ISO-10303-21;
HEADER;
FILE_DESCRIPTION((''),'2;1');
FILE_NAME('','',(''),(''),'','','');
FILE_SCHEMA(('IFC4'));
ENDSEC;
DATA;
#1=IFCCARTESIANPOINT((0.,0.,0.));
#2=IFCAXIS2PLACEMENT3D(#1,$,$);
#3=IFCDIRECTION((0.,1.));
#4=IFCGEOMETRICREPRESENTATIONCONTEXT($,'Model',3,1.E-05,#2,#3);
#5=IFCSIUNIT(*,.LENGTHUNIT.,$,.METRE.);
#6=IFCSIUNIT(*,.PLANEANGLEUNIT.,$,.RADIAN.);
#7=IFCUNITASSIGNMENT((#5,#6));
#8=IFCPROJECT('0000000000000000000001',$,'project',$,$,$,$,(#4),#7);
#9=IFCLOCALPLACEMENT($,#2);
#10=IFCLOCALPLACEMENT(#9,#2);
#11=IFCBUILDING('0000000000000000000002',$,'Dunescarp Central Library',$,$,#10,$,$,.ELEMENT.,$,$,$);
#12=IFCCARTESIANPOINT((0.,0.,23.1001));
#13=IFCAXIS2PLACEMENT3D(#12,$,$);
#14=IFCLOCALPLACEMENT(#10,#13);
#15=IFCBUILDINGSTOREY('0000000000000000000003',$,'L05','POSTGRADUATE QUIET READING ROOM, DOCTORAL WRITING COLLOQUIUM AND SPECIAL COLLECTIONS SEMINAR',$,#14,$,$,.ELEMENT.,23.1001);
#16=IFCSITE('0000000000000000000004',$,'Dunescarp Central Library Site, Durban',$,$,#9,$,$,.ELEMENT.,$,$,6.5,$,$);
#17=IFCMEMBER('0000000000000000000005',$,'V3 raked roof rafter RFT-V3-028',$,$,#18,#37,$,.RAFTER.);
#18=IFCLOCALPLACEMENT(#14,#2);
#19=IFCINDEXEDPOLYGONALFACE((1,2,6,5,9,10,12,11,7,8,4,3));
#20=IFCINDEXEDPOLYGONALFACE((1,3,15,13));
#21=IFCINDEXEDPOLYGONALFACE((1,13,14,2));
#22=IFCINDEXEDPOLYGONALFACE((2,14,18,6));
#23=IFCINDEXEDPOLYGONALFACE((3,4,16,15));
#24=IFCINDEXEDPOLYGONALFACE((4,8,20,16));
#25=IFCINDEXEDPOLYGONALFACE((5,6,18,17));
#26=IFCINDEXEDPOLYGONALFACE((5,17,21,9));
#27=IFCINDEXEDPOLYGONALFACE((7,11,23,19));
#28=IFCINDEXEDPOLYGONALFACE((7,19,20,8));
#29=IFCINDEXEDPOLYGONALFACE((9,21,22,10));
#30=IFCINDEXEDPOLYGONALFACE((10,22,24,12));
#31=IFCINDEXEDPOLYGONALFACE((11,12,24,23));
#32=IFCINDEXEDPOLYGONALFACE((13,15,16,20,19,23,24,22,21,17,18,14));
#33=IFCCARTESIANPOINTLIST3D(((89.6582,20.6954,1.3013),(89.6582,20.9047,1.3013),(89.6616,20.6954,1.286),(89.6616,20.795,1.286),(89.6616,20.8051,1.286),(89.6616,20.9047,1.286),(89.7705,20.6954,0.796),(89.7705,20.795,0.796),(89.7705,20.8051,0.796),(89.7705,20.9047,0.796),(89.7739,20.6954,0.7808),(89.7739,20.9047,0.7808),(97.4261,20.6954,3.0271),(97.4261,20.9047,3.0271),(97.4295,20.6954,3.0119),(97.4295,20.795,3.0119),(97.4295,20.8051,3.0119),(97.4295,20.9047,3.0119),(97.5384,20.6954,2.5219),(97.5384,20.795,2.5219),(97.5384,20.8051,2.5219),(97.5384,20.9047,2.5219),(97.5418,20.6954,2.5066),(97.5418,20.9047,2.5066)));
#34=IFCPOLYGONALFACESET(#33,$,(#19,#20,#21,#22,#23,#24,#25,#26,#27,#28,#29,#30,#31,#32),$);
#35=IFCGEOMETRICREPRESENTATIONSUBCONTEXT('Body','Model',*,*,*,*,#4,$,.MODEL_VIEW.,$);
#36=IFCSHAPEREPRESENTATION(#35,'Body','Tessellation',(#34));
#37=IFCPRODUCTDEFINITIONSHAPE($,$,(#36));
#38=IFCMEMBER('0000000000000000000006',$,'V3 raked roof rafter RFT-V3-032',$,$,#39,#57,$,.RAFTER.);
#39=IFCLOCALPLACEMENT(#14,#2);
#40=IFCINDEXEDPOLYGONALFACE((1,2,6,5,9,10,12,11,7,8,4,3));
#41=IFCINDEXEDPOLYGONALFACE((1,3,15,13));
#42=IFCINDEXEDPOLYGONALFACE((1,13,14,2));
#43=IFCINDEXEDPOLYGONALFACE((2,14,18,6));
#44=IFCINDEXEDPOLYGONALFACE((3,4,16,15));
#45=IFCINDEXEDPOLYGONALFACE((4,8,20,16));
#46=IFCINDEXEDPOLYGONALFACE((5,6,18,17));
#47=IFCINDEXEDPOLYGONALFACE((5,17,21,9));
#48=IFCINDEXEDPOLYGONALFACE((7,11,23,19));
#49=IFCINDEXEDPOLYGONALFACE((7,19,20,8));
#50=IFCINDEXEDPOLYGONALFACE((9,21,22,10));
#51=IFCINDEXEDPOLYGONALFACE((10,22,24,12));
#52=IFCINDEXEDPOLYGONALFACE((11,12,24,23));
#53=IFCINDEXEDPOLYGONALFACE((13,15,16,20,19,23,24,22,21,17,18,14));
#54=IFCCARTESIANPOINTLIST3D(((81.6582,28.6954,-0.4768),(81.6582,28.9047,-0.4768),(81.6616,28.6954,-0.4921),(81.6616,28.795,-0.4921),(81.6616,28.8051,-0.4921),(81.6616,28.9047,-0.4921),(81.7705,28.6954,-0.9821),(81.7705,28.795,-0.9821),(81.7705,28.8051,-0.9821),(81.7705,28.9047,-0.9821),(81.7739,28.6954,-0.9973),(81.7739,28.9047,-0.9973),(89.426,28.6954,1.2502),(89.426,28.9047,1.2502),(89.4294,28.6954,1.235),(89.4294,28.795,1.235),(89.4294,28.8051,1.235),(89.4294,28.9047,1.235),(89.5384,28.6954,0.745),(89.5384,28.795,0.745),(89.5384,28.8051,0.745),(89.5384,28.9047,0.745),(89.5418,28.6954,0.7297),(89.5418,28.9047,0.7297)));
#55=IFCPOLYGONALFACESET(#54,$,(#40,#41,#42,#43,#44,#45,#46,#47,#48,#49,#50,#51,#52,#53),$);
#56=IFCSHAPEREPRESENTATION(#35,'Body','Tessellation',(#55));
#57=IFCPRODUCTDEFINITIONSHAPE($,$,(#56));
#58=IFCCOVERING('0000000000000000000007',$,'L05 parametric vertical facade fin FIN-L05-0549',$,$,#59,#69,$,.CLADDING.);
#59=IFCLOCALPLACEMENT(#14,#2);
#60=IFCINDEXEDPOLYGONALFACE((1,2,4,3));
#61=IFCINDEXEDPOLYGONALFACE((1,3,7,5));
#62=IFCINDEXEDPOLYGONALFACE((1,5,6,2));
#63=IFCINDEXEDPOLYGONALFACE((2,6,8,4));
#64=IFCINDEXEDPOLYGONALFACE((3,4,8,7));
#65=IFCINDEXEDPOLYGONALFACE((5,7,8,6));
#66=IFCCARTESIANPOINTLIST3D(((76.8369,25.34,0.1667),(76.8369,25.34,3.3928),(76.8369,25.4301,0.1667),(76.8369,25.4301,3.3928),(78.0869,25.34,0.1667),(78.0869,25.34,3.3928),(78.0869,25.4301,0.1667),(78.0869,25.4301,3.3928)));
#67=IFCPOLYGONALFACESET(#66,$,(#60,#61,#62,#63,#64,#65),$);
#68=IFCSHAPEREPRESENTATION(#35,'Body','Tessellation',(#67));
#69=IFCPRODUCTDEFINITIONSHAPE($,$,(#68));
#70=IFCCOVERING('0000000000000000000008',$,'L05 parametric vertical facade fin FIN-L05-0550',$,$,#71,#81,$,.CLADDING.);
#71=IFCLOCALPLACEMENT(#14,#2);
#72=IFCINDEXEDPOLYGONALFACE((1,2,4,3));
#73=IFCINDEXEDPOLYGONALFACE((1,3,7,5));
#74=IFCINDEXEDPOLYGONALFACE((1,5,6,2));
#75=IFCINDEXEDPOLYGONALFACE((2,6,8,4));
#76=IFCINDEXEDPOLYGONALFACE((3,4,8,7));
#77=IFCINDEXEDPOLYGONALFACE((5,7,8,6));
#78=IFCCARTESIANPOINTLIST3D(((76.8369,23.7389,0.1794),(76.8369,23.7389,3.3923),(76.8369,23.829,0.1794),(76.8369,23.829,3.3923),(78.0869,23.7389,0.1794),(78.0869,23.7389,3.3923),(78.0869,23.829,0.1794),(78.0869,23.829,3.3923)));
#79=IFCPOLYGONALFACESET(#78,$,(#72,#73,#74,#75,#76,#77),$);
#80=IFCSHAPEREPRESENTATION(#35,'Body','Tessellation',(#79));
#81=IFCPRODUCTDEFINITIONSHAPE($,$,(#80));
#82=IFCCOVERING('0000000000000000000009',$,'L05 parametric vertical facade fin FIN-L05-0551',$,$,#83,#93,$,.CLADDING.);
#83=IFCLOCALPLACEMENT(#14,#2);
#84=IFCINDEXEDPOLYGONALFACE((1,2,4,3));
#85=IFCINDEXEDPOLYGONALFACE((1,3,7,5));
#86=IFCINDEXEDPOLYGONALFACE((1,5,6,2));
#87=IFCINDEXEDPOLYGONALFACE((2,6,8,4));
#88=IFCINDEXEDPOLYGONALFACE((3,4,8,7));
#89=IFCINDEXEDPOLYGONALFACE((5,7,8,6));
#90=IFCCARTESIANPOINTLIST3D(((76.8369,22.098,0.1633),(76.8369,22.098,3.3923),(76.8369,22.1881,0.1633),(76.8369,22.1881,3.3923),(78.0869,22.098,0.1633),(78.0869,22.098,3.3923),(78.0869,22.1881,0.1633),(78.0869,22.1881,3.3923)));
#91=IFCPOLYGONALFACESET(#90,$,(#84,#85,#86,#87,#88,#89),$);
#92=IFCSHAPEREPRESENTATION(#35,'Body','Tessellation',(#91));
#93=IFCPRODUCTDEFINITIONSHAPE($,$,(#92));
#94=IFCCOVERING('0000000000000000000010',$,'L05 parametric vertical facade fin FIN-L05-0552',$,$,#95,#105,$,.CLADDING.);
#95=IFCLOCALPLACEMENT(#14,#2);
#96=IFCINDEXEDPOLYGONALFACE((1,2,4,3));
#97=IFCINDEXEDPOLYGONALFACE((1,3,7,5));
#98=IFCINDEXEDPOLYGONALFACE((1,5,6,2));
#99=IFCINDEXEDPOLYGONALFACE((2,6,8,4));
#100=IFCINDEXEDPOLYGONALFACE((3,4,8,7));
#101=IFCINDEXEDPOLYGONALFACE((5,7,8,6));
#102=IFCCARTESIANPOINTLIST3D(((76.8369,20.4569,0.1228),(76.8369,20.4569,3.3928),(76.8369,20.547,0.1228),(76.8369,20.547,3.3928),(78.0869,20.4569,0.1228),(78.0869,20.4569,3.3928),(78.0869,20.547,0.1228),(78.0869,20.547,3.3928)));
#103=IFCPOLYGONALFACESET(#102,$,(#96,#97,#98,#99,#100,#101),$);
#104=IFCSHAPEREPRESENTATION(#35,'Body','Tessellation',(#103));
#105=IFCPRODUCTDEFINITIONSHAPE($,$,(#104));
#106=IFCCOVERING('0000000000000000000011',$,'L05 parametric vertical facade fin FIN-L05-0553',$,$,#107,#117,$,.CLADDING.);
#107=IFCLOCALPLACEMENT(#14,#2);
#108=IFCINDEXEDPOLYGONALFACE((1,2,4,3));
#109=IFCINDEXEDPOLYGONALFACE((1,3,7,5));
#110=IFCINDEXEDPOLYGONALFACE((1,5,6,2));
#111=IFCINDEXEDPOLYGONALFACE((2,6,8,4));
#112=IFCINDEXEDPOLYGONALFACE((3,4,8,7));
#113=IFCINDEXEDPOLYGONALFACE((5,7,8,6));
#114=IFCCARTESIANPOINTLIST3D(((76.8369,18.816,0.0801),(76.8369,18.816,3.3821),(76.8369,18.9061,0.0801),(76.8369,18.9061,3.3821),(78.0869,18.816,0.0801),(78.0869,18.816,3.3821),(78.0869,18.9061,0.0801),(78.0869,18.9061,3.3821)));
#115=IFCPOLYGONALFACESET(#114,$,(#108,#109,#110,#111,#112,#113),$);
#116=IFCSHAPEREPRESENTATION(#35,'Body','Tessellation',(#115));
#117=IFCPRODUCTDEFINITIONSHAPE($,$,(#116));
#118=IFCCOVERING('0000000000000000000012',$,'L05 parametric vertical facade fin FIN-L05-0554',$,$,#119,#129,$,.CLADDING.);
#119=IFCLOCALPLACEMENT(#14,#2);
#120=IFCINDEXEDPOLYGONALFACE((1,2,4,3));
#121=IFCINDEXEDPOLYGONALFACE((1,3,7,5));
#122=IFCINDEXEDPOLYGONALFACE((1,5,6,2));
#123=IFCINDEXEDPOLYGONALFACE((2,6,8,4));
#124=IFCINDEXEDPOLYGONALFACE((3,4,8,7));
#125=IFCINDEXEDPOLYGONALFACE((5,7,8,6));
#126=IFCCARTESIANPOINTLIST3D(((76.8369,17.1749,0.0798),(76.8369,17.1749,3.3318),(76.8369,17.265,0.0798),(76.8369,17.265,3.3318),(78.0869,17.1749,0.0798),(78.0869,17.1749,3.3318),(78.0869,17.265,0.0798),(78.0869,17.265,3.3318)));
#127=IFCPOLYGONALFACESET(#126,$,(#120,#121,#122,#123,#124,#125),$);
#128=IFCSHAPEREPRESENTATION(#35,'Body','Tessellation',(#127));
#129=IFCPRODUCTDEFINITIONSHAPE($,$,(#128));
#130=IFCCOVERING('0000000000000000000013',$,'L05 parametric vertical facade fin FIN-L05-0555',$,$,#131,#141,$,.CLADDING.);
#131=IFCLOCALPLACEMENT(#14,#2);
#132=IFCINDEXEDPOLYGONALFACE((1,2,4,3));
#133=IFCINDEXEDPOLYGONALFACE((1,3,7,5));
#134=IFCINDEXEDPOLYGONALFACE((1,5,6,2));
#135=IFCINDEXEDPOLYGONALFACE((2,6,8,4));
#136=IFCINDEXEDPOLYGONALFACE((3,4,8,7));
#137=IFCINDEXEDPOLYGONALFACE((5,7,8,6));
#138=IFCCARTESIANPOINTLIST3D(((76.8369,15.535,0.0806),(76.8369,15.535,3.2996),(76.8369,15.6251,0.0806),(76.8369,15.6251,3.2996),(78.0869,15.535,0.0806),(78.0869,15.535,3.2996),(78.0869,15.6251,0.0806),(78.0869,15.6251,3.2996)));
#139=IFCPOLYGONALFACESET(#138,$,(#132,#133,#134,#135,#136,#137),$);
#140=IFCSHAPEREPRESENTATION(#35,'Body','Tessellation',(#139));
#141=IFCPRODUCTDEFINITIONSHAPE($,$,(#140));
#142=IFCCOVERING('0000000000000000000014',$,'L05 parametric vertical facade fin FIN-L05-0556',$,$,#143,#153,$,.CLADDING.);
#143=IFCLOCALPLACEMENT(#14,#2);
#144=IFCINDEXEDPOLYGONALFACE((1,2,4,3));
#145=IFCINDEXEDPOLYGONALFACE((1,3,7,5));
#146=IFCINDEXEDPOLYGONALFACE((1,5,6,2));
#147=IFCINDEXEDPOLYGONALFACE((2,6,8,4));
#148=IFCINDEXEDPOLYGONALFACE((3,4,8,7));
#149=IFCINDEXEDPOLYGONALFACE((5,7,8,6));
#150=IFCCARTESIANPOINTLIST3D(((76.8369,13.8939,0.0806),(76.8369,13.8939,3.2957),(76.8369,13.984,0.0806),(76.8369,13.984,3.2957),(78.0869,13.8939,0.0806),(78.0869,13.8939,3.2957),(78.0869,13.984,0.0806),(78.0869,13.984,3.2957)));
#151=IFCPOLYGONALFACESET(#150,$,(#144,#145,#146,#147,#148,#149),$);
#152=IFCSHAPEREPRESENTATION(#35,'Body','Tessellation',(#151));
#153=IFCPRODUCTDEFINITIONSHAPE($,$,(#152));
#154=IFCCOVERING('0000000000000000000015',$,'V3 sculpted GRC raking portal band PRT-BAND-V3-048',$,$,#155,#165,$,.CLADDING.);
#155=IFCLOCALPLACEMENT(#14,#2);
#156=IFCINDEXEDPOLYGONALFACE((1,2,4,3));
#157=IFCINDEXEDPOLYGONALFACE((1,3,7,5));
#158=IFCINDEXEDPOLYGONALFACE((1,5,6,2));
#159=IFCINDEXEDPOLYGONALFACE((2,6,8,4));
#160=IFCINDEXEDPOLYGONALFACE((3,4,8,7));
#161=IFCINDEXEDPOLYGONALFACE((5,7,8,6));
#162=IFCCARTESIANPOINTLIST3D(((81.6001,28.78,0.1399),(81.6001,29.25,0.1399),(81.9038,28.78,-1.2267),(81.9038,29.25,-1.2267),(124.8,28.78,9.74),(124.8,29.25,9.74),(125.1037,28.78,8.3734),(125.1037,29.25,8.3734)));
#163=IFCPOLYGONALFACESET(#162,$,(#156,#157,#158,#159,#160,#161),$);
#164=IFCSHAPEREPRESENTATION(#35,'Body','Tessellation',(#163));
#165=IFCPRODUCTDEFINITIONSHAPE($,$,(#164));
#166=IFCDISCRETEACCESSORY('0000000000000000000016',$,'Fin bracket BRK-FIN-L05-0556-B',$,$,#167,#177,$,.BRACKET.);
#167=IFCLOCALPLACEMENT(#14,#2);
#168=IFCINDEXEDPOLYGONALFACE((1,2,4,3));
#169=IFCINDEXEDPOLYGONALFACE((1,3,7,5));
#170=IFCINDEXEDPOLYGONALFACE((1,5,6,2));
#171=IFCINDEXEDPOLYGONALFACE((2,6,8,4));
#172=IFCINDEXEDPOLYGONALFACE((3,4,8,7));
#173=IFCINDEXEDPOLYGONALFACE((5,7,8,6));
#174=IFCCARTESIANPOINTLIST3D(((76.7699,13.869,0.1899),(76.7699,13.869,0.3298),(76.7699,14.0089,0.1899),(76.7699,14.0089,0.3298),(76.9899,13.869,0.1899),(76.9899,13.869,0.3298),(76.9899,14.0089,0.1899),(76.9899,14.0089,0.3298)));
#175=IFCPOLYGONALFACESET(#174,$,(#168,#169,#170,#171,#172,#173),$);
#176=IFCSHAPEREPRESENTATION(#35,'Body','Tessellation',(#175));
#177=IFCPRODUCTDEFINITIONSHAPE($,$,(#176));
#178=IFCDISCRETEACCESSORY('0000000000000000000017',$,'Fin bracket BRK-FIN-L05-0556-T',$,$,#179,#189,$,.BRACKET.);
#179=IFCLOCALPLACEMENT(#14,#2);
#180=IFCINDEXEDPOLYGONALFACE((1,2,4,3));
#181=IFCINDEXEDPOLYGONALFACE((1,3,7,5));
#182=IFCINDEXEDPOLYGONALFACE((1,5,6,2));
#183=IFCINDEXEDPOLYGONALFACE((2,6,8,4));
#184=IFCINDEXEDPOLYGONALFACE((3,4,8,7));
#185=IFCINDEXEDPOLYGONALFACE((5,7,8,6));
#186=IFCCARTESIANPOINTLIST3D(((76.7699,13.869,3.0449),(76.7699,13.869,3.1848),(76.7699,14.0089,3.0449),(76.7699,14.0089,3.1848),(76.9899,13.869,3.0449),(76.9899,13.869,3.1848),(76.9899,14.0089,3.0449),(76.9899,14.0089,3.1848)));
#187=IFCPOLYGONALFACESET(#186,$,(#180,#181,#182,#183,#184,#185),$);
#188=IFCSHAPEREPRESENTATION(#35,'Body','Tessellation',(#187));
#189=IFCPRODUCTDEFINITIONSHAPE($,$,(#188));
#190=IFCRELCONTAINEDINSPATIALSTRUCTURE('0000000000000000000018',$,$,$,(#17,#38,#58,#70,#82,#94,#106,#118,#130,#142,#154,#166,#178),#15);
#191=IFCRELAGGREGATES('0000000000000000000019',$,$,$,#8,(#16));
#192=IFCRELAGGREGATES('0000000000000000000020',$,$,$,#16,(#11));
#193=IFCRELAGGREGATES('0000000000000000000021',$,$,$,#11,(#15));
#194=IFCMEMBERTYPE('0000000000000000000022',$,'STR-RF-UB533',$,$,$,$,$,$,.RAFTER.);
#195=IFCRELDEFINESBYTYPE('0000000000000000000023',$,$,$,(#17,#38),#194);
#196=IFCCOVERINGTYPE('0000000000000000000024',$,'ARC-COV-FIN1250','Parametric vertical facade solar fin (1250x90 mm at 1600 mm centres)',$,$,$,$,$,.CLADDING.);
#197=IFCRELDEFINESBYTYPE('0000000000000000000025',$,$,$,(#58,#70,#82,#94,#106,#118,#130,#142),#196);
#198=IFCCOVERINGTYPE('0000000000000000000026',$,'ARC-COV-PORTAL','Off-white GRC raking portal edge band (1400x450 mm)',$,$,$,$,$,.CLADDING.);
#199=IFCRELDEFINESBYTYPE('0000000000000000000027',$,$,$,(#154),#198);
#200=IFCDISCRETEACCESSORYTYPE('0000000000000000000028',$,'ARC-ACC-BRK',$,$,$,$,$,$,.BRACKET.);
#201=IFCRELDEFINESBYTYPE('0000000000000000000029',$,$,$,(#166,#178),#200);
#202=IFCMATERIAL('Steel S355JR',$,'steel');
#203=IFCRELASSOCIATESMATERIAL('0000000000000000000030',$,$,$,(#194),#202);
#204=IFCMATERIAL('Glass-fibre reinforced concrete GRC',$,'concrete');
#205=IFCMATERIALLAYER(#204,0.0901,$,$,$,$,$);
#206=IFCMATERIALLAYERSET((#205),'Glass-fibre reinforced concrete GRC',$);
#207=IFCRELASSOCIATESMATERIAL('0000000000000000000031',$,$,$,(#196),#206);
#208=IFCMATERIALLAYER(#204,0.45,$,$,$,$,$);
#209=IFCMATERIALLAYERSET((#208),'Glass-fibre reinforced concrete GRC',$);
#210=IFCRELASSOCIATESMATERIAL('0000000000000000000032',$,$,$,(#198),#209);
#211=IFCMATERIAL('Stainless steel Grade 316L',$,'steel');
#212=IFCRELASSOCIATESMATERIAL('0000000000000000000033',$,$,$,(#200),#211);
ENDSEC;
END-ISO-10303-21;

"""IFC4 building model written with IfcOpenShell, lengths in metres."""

from ifc_helpers import new_model, si_unit, direction, frame, origin, origin_2d, place, context, subcontext, project, spatial, polyline, rectangle, i_section, outline, extrude, material, layer, layer_set, material_profile, profile_set, type_object, element, save


model = new_model("IFC4")

# Units and contexts
model_context = context("Model", 3, precision=1e-05, world=origin(), true_north=direction((0.0, 1.0)))
body_context = subcontext(model_context, "Body", "Model", "MODEL_VIEW")
ifc_project = project(units=[si_unit("LENGTHUNIT", "METRE"), si_unit("PLANEANGLEUNIT", "RADIAN")], contexts=[model_context])

# Site, building, storey
site_placement = place(None, origin())
site = spatial("IfcSite", under=ifc_project, at=site_placement, Name="Dunescarp Central Library Site, Durban", CompositionType="ELEMENT", RefElevation=6.5)
building_placement = place(site_placement, origin())
building = spatial("IfcBuilding", under=site, at=building_placement, Name="Dunescarp Central Library", CompositionType="ELEMENT")
storey_placement = place(building_placement, frame((0.0, 0.0, 23.1001)))
storey = spatial("IfcBuildingStorey", under=building, at=storey_placement, Name="L05", Description="POSTGRADUATE QUIET READING ROOM, DOCTORAL WRITING COLLOQUIUM AND SPECIAL COLLECTIONS SEMINAR", CompositionType="ELEMENT", Elevation=23.1001)

# Shared definitions
ifc_material_1 = material(Name="Steel S355JR", Category="steel")

# Members
ifc_material_profile_1 = material_profile(ifc_material_1, i_section(OverallWidth=0.2092, OverallDepth=0.5332, WebThickness=0.01, FlangeThickness=0.0156, at=origin_2d()), Name="UB 533x210x92")
ifc_profile_set_1 = profile_set([ifc_material_profile_1], Name="Steel S355JR")
member_type_1 = type_object("IfcMemberType", Name="STR-RF-UB533", PredefinedType="RAFTER", material=ifc_profile_set_1)
member_1_placement = place(storey_placement, frame((89.7161, 20.8, 1.041), z_axis=(0.976196, 0.0, 0.216888), x_axis=(0.0, 1.0, 0.0)))
element("IfcMember", 1, at=member_1_placement, inside=storey, type_object=member_type_1, Name="V3 raked roof rafter RFT-V3-028", PredefinedType="RAFTER", context=body_context, shape_type="SweptSolid", body=[
    extrude(i_section(OverallWidth=0.2092, OverallDepth=0.5332, WebThickness=0.01, FlangeThickness=0.0156, at=origin_2d()), origin(), (0.0, 0.0, 1.0), 7.9573),
])
member_2_placement = place(storey_placement, frame((81.7161, 28.8, -0.7371), z_axis=(0.976164, 0.0, 0.217034), x_axis=(0.0, 1.0, 0.0)))
element("IfcMember", 2, at=member_2_placement, inside=storey, type_object=member_type_1, Name="V3 raked roof rafter RFT-V3-032", PredefinedType="RAFTER", context=body_context, shape_type="SweptSolid", body=[
    extrude(i_section(OverallWidth=0.2092, OverallDepth=0.5332, WebThickness=0.01, FlangeThickness=0.0156, at=origin_2d()), origin(), (0.0, 0.0, 1.0), 7.9575),
])

# Coverings
ifc_material_2 = material(Name="Glass-fibre reinforced concrete GRC", Category="concrete")
ifc_layer_1 = layer(ifc_material_2, 0.0901)
ifc_layer_set_1 = layer_set([ifc_layer_1], Name="Glass-fibre reinforced concrete GRC")
covering_type_1 = type_object("IfcCoveringType", Name="ARC-COV-FIN1250", Description="Parametric vertical facade solar fin (1250x90 mm at 1600 mm centres)", PredefinedType="CLADDING", material=ifc_layer_set_1)
covering_1_placement = place(storey_placement, frame((77.4619, 25.385, 0.1667), z_axis=(0.0, 0.0, 1.0), x_axis=(1.0, 0.0, 0.0)))
element("IfcCovering", 3, at=covering_1_placement, inside=storey, type_object=covering_type_1, Name="L05 parametric vertical facade fin FIN-L05-0549", PredefinedType="CLADDING", context=body_context, shape_type="SweptSolid", body=[
    extrude(rectangle(XDim=1.25, YDim=0.0901, at=origin_2d()), origin(), (0.0, 0.0, 1.0), 3.2261),
])
covering_2_placement = place(storey_placement, frame((77.4619, 23.7839, 0.1794), z_axis=(0.0, 0.0, 1.0), x_axis=(1.0, 0.0, 0.0)))
element("IfcCovering", 4, at=covering_2_placement, inside=storey, type_object=covering_type_1, Name="L05 parametric vertical facade fin FIN-L05-0550", PredefinedType="CLADDING", context=body_context, shape_type="SweptSolid", body=[
    extrude(rectangle(XDim=1.25, YDim=0.0901, at=origin_2d()), origin(), (0.0, 0.0, 1.0), 3.2129),
])
covering_3_placement = place(storey_placement, frame((77.4619, 22.1431, 0.1633), z_axis=(0.0, 0.0, 1.0), x_axis=(1.0, 0.0, 0.0)))
element("IfcCovering", 5, at=covering_3_placement, inside=storey, type_object=covering_type_1, Name="L05 parametric vertical facade fin FIN-L05-0551", PredefinedType="CLADDING", context=body_context, shape_type="SweptSolid", body=[
    extrude(rectangle(XDim=1.25, YDim=0.0901, at=origin_2d()), origin(), (0.0, 0.0, 1.0), 3.229),
])
covering_4_placement = place(storey_placement, frame((77.4619, 20.502, 0.1228), z_axis=(0.0, 0.0, 1.0), x_axis=(1.0, 0.0, 0.0)))
element("IfcCovering", 6, at=covering_4_placement, inside=storey, type_object=covering_type_1, Name="L05 parametric vertical facade fin FIN-L05-0552", PredefinedType="CLADDING", context=body_context, shape_type="SweptSolid", body=[
    extrude(rectangle(XDim=1.25, YDim=0.0901, at=origin_2d()), origin(), (0.0, 0.0, 1.0), 3.27),
])
covering_5_placement = place(storey_placement, frame((77.4619, 18.8611, 0.0801), z_axis=(0.0, 0.0, 1.0), x_axis=(1.0, 0.0, 0.0)))
element("IfcCovering", 7, at=covering_5_placement, inside=storey, type_object=covering_type_1, Name="L05 parametric vertical facade fin FIN-L05-0553", PredefinedType="CLADDING", context=body_context, shape_type="SweptSolid", body=[
    extrude(rectangle(XDim=1.25, YDim=0.0901, at=origin_2d()), origin(), (0.0, 0.0, 1.0), 3.302),
])
covering_6_placement = place(storey_placement, frame((77.4619, 17.22, 0.0798), z_axis=(0.0, 0.0, 1.0), x_axis=(1.0, 0.0, 0.0)))
element("IfcCovering", 8, at=covering_6_placement, inside=storey, type_object=covering_type_1, Name="L05 parametric vertical facade fin FIN-L05-0554", PredefinedType="CLADDING", context=body_context, shape_type="SweptSolid", body=[
    extrude(rectangle(XDim=1.25, YDim=0.0901, at=origin_2d()), origin(), (0.0, 0.0, 1.0), 3.252),
])
covering_7_placement = place(storey_placement, frame((77.4619, 15.5801, 0.0806), z_axis=(0.0, 0.0, 1.0), x_axis=(1.0, 0.0, 0.0)))
element("IfcCovering", 9, at=covering_7_placement, inside=storey, type_object=covering_type_1, Name="L05 parametric vertical facade fin FIN-L05-0555", PredefinedType="CLADDING", context=body_context, shape_type="SweptSolid", body=[
    extrude(rectangle(XDim=1.25, YDim=0.0901, at=origin_2d()), origin(), (0.0, 0.0, 1.0), 3.219),
])
covering_8_placement = place(storey_placement, frame((77.4619, 13.939, 0.0806), z_axis=(0.0, 0.0, 1.0), x_axis=(1.0, 0.0, 0.0)))
element("IfcCovering", 10, at=covering_8_placement, inside=storey, type_object=covering_type_1, Name="L05 parametric vertical facade fin FIN-L05-0556", PredefinedType="CLADDING", context=body_context, shape_type="SweptSolid", body=[
    extrude(rectangle(XDim=1.25, YDim=0.0901, at=origin_2d()), origin(), (0.0, 0.0, 1.0), 3.2151),
])
ifc_layer_2 = layer(ifc_material_2, 0.45)
ifc_layer_set_2 = layer_set([ifc_layer_2], Name="Glass-fibre reinforced concrete GRC")
covering_type_2 = type_object("IfcCoveringType", Name="ARC-COV-PORTAL", Description="Off-white GRC raking portal edge band (1400x450 mm)", PredefinedType="CLADDING", material=ifc_layer_set_2)
covering_9_placement = place(storey_placement, frame((81.6001, 28.78, 0.1399), z_axis=(-0.216933, 0.0, 0.976187), x_axis=(0.976187, 0.0, 0.216933)))
element("IfcCovering", 11, at=covering_9_placement, inside=storey, type_object=covering_type_2, Name="V3 sculpted GRC raking portal band PRT-BAND-V3-048", PredefinedType="CLADDING", context=body_context, shape_type="SweptSolid", body=[
    extrude(outline(polyline([(0.0, 0.0), (44.2538, 0.0), (44.2538, 0.47), (0.0, 0.47), (0.0, 0.0)])), origin(), (0.0, 0.0, -1.0), 1.3999),
])

# Discrete accessories
ifc_material_3 = material(Name="Stainless steel Grade 316L", Category="steel")
discrete_accessory_type = type_object("IfcDiscreteAccessoryType", Name="ARC-ACC-BRK", PredefinedType="BRACKET", material=ifc_material_3)
for number, where, z_axis, x_axis, name in (
    (12, (76.8799, 13.939, 0.1899), (0.0, 0.0, 1.0), (1.0, 0.0, 0.0), "Fin bracket BRK-FIN-L05-0556-B"),
    (13, (76.8799, 13.939, 3.0449), (0.0, 0.0, 1.0), (1.0, 0.0, 0.0), "Fin bracket BRK-FIN-L05-0556-T"),
):
    element("IfcDiscreteAccessory", number, at=place(storey_placement, frame(where, z_axis=z_axis, x_axis=x_axis)), inside=storey, type_object=discrete_accessory_type, Name=name, PredefinedType="BRACKET", context=body_context, shape_type="SweptSolid", body=[
        extrude(rectangle(XDim=0.22, YDim=0.1399, at=origin_2d()), origin(), (0.0, 0.0, 1.0), 0.1399),
    ])

save(model, "model.ifc")
